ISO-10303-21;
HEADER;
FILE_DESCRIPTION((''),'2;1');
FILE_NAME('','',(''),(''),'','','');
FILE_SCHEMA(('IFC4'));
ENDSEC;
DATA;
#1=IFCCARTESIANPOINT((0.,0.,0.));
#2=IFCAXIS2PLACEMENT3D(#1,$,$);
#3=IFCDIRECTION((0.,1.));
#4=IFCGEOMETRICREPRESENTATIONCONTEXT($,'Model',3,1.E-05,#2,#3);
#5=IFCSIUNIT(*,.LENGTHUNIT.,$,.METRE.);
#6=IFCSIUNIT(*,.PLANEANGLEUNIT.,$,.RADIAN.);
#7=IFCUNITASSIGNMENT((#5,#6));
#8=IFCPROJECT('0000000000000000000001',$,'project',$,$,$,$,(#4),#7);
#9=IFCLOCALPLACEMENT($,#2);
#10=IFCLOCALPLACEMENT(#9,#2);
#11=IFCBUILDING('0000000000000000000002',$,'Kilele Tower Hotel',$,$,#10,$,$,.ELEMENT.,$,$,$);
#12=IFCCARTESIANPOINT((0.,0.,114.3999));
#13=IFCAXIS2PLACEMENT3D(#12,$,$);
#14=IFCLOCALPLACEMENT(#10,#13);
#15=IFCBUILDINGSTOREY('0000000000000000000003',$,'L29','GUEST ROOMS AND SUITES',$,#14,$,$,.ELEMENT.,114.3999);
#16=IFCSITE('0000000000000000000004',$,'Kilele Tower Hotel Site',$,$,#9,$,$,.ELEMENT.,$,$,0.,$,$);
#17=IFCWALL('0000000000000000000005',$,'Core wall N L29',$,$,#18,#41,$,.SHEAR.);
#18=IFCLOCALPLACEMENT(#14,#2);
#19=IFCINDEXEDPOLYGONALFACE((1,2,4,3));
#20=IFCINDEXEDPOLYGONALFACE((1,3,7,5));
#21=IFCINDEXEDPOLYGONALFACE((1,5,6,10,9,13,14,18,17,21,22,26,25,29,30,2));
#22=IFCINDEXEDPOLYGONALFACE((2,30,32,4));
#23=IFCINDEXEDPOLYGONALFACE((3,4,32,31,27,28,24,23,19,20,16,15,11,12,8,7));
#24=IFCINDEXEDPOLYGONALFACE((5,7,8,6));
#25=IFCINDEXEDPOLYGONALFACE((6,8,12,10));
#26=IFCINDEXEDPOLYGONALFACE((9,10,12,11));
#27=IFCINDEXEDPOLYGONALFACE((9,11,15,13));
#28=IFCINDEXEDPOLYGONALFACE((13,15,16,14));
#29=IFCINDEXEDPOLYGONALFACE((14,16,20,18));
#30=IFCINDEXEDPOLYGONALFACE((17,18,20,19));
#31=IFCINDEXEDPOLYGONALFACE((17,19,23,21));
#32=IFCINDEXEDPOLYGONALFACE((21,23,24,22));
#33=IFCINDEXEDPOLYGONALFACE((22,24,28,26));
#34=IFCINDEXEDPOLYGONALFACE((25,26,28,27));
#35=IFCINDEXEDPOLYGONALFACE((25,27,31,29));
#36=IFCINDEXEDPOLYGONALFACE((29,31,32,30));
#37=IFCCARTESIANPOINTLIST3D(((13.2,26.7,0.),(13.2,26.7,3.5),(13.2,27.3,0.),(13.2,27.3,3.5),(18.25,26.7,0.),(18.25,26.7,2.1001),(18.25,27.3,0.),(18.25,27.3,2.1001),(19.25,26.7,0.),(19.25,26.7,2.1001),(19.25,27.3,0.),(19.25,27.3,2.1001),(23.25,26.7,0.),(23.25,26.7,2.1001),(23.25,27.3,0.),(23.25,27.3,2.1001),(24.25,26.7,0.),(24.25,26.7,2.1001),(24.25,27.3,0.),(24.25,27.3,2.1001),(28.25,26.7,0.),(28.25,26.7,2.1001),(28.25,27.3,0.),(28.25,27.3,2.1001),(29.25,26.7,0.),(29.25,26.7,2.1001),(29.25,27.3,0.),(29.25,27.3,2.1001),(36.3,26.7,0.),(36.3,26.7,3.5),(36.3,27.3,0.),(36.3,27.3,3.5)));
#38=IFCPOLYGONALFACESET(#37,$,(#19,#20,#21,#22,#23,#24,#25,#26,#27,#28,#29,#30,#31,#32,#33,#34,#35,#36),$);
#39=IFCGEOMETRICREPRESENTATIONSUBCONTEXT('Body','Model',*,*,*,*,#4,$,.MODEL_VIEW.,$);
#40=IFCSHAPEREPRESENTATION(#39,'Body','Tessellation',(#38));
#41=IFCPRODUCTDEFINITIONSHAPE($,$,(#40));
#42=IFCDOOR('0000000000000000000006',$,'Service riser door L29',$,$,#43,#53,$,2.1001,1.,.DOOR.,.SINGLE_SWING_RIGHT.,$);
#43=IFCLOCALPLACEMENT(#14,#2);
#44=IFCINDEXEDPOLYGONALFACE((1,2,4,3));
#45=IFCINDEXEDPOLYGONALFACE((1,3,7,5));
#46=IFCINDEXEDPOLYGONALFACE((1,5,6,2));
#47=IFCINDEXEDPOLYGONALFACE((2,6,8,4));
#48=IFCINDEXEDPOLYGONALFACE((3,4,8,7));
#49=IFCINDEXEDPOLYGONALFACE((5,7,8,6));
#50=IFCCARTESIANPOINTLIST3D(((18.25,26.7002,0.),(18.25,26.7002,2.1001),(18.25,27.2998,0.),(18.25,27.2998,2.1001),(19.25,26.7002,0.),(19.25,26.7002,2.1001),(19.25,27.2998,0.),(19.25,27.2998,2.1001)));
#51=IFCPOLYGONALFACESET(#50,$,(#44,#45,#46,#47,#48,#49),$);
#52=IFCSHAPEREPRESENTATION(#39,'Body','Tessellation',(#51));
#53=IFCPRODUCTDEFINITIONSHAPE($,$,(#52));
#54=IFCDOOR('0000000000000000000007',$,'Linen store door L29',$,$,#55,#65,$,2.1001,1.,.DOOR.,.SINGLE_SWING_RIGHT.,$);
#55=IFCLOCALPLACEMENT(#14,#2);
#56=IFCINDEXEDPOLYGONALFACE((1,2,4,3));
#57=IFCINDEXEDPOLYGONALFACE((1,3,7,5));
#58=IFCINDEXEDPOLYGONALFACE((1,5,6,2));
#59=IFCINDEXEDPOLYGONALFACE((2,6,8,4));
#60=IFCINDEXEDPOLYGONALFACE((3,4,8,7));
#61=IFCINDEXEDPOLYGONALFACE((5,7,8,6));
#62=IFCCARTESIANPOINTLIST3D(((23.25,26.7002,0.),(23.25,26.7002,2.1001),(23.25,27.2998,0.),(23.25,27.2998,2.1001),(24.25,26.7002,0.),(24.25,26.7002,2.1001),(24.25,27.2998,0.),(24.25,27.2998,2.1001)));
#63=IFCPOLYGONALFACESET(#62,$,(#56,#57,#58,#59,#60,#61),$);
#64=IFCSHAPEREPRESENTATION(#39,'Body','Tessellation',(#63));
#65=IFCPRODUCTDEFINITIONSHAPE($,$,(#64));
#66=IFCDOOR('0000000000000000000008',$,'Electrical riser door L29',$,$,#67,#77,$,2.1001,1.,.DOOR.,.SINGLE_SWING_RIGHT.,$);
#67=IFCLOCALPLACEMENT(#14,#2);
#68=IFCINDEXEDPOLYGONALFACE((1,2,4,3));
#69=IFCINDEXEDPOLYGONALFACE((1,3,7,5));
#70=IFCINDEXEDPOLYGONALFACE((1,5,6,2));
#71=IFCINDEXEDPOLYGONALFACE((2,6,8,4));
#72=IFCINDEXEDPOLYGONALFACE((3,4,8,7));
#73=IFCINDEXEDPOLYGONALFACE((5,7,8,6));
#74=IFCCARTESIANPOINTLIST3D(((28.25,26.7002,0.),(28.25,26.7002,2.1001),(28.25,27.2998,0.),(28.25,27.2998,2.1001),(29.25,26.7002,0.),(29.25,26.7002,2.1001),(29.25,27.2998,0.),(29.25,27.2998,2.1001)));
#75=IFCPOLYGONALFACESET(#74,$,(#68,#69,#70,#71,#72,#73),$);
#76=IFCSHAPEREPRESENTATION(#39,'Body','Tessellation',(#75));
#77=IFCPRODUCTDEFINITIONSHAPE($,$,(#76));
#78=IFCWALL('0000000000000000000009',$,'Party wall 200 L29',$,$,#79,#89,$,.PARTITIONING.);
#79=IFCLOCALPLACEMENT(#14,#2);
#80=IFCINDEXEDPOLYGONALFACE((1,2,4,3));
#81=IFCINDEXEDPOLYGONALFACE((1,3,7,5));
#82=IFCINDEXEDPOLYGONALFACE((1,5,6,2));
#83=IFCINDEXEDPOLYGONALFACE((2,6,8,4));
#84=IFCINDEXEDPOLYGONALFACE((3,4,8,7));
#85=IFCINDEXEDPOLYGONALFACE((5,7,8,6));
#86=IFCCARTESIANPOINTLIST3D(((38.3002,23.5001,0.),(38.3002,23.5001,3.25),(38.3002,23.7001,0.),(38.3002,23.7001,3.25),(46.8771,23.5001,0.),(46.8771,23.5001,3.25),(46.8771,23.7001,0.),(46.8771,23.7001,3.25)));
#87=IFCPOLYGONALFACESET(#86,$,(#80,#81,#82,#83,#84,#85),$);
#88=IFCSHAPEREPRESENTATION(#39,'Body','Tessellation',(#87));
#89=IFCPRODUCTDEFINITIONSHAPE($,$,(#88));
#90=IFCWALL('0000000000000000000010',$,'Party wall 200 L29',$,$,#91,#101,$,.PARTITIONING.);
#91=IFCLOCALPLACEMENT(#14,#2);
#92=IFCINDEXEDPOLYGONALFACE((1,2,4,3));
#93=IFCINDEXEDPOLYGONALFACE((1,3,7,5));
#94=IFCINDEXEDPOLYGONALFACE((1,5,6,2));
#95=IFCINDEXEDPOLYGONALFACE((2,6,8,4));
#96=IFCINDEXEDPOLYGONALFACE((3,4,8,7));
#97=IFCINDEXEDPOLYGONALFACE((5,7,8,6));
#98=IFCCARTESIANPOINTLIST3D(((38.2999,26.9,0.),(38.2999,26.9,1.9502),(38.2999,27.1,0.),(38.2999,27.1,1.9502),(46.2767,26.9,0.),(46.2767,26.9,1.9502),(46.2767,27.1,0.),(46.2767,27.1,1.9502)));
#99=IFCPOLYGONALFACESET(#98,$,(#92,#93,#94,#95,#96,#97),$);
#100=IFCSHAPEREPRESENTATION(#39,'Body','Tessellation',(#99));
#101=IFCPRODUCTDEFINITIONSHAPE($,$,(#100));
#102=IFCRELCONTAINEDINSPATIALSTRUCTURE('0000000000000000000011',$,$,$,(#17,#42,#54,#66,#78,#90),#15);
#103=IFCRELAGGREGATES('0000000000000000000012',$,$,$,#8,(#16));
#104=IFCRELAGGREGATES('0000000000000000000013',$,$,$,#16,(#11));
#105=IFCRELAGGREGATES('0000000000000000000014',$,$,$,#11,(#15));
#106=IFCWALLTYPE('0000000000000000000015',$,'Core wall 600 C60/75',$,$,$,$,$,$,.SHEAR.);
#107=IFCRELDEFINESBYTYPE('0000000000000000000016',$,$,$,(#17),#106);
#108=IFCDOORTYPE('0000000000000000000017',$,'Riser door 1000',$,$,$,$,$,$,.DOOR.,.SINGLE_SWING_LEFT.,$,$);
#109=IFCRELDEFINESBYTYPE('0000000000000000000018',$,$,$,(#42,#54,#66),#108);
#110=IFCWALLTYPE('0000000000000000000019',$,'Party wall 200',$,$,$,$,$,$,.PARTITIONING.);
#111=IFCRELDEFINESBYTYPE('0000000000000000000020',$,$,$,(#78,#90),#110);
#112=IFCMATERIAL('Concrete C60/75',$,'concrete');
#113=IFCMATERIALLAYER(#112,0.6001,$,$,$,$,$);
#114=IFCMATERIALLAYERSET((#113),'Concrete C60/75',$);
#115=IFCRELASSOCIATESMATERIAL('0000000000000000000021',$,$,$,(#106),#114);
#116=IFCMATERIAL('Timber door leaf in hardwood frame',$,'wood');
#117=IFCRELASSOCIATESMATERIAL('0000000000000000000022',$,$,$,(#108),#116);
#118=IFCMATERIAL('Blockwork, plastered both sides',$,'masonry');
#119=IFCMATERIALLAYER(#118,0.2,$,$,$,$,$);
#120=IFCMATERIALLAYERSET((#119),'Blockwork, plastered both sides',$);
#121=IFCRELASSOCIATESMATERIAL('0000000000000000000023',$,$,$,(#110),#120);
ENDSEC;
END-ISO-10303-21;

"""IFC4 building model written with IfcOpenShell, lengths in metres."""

from ifc_helpers import new_model, si_unit, direction, frame, frame_2d, origin, place, context, subcontext, project, spatial, rectangle, extrude, material, layer, layer_set, type_object, element, fill, save


model = new_model("IFC4")

# Units and contexts
model_context = context("Model", 3, precision=1e-05, world=origin(), true_north=direction((0.0, 1.0)))
body_context = subcontext(model_context, "Body", "Model", "MODEL_VIEW")
ifc_project = project(units=[si_unit("LENGTHUNIT", "METRE"), si_unit("PLANEANGLEUNIT", "RADIAN")], contexts=[model_context])

# Site, building, storey
site_placement = place(None, origin())
site = spatial("IfcSite", under=ifc_project, at=site_placement, Name="Kilele Tower Hotel Site", CompositionType="ELEMENT", RefElevation=0.0)
building_placement = place(site_placement, origin())
building = spatial("IfcBuilding", under=site, at=building_placement, Name="Kilele Tower Hotel", CompositionType="ELEMENT")
storey_placement = place(building_placement, frame((0.0, 0.0, 114.3999)))
storey = spatial("IfcBuildingStorey", under=building, at=storey_placement, Name="L29", Description="GUEST ROOMS AND SUITES", CompositionType="ELEMENT", Elevation=114.3999)

# Wall, openings, doors
ifc_material_1 = material(Name="Concrete C60/75", Category="concrete")
ifc_layer_1 = layer(ifc_material_1, 0.6001)
ifc_layer_set_1 = layer_set([ifc_layer_1], Name="Concrete C60/75")
wall_type_1 = type_object("IfcWallType", Name="Core wall 600 C60/75", PredefinedType="SHEAR", material=ifc_layer_set_1)
wall_1_placement = place(storey_placement, frame((36.3, 27.0, 0.0), z_axis=(0.0, 0.0, 1.0), x_axis=(-1.0, 0.0, 0.0)))
wall_1 = element("IfcWall", 1, at=wall_1_placement, inside=storey, type_object=wall_type_1, Name="Core wall N L29", PredefinedType="SHEAR", context=body_context, shape_type="SweptSolid", body=[
    extrude(rectangle(XDim=23.1001, YDim=0.6001, at=frame_2d((11.55, 0.0))), origin(), (0.0, 0.0, 1.0), 3.5),
])
opening_1_placement = place(wall_1_placement, frame((17.05, 0.0, 0.0)))
opening_1 = element("IfcOpeningElement", 2, at=opening_1_placement, cuts=wall_1, PredefinedType="OPENING", context=body_context, shape_type="SweptSolid", body=[
    extrude(rectangle(XDim=1.0, YDim=2.1001, at=frame_2d((0.5, 1.05))), frame((0.0, 0.3101, 0.0), z_axis=(0.0, -1.0, 0.0), x_axis=(1.0, 0.0, 0.0)), (0.0, 0.0, 1.0), 0.6201),
])
opening_2_placement = place(wall_1_placement, frame((12.05, 0.0, 0.0)))
opening_2 = element("IfcOpeningElement", 3, at=opening_2_placement, cuts=wall_1, PredefinedType="OPENING", context=body_context, shape_type="SweptSolid", body=[
    extrude(rectangle(XDim=1.0, YDim=2.1001, at=frame_2d((0.5, 1.05))), frame((0.0, 0.3101, 0.0), z_axis=(0.0, -1.0, 0.0), x_axis=(1.0, 0.0, 0.0)), (0.0, 0.0, 1.0), 0.6201),
])
opening_3_placement = place(wall_1_placement, frame((7.05, 0.0, 0.0)))
opening_3 = element("IfcOpeningElement", 4, at=opening_3_placement, cuts=wall_1, PredefinedType="OPENING", context=body_context, shape_type="SweptSolid", body=[
    extrude(rectangle(XDim=1.0, YDim=2.1001, at=frame_2d((0.5, 1.05))), frame((0.0, 0.3101, 0.0), z_axis=(0.0, -1.0, 0.0), x_axis=(1.0, 0.0, 0.0)), (0.0, 0.0, 1.0), 0.6201),
])
ifc_material_2 = material(Name="Timber door leaf in hardwood frame", Category="wood")
door_type_1 = type_object("IfcDoorType", Name="Riser door 1000", OperationType="SINGLE_SWING_LEFT", PredefinedType="DOOR", material=ifc_material_2)
door_1_placement = place(opening_1_placement, origin())
door_1 = element("IfcDoor", 5, at=door_1_placement, inside=storey, type_object=door_type_1, Name="Service riser door L29", OperationType="SINGLE_SWING_RIGHT", OverallHeight=2.1001, OverallWidth=1.0, PredefinedType="DOOR", context=body_context, shape_type="SweptSolid", body=[
    extrude(rectangle(XDim=1.0, YDim=2.1001, at=frame_2d((0.5, 1.05))), frame((0.0, 0.2998, 0.0), z_axis=(0.0, -1.0, 0.0), x_axis=(1.0, 0.0, 0.0)), (0.0, 0.0, 1.0), 0.5996),
])
fill(opening_1, door_1)
door_2_placement = place(opening_2_placement, origin())
door_2 = element("IfcDoor", 6, at=door_2_placement, inside=storey, type_object=door_type_1, Name="Linen store door L29", OperationType="SINGLE_SWING_RIGHT", OverallHeight=2.1001, OverallWidth=1.0, PredefinedType="DOOR", context=body_context, shape_type="SweptSolid", body=[
    extrude(rectangle(XDim=1.0, YDim=2.1001, at=frame_2d((0.5, 1.05))), frame((0.0, 0.2998, 0.0), z_axis=(0.0, -1.0, 0.0), x_axis=(1.0, 0.0, 0.0)), (0.0, 0.0, 1.0), 0.5996),
])
fill(opening_2, door_2)
door_3_placement = place(opening_3_placement, origin())
door_3 = element("IfcDoor", 7, at=door_3_placement, inside=storey, type_object=door_type_1, Name="Electrical riser door L29", OperationType="SINGLE_SWING_RIGHT", OverallHeight=2.1001, OverallWidth=1.0, PredefinedType="DOOR", context=body_context, shape_type="SweptSolid", body=[
    extrude(rectangle(XDim=1.0, YDim=2.1001, at=frame_2d((0.5, 1.05))), frame((0.0, 0.2998, 0.0), z_axis=(0.0, -1.0, 0.0), x_axis=(1.0, 0.0, 0.0)), (0.0, 0.0, 1.0), 0.5996),
])
fill(opening_3, door_3)

# Walls
ifc_material_3 = material(Name="Blockwork, plastered both sides", Category="masonry")
ifc_layer_2 = layer(ifc_material_3, 0.2)
ifc_layer_set_2 = layer_set([ifc_layer_2], Name="Blockwork, plastered both sides")
wall_type_2 = type_object("IfcWallType", Name="Party wall 200", PredefinedType="PARTITIONING", material=ifc_layer_set_2)
wall_2_placement = place(storey_placement, frame((38.3, 23.6001, 0.0), z_axis=(0.0, 0.0, 1.0), x_axis=(1.0, 0.0, 0.0)))
element("IfcWall", 8, at=wall_2_placement, inside=storey, type_object=wall_type_2, Name="Party wall 200 L29", PredefinedType="PARTITIONING", context=body_context, shape_type="SweptSolid", body=[
    extrude(rectangle(XDim=8.5769, YDim=0.2, at=frame_2d((4.2886, 0.0))), origin(), (0.0, 0.0, 1.0), 3.25),
])
wall_3_placement = place(storey_placement, frame((38.3, 27.0, 0.0), z_axis=(0.0, 0.0, 1.0), x_axis=(1.0, 0.0, 0.0)))
element("IfcWall", 9, at=wall_3_placement, inside=storey, type_object=wall_type_2, Name="Party wall 200 L29", PredefinedType="PARTITIONING", context=body_context, shape_type="SweptSolid", body=[
    extrude(rectangle(XDim=7.9768, YDim=0.2, at=frame_2d((3.9883, 0.0))), origin(), (0.0, 0.0, 1.0), 1.9502),
])

save(model, "model.ifc")
